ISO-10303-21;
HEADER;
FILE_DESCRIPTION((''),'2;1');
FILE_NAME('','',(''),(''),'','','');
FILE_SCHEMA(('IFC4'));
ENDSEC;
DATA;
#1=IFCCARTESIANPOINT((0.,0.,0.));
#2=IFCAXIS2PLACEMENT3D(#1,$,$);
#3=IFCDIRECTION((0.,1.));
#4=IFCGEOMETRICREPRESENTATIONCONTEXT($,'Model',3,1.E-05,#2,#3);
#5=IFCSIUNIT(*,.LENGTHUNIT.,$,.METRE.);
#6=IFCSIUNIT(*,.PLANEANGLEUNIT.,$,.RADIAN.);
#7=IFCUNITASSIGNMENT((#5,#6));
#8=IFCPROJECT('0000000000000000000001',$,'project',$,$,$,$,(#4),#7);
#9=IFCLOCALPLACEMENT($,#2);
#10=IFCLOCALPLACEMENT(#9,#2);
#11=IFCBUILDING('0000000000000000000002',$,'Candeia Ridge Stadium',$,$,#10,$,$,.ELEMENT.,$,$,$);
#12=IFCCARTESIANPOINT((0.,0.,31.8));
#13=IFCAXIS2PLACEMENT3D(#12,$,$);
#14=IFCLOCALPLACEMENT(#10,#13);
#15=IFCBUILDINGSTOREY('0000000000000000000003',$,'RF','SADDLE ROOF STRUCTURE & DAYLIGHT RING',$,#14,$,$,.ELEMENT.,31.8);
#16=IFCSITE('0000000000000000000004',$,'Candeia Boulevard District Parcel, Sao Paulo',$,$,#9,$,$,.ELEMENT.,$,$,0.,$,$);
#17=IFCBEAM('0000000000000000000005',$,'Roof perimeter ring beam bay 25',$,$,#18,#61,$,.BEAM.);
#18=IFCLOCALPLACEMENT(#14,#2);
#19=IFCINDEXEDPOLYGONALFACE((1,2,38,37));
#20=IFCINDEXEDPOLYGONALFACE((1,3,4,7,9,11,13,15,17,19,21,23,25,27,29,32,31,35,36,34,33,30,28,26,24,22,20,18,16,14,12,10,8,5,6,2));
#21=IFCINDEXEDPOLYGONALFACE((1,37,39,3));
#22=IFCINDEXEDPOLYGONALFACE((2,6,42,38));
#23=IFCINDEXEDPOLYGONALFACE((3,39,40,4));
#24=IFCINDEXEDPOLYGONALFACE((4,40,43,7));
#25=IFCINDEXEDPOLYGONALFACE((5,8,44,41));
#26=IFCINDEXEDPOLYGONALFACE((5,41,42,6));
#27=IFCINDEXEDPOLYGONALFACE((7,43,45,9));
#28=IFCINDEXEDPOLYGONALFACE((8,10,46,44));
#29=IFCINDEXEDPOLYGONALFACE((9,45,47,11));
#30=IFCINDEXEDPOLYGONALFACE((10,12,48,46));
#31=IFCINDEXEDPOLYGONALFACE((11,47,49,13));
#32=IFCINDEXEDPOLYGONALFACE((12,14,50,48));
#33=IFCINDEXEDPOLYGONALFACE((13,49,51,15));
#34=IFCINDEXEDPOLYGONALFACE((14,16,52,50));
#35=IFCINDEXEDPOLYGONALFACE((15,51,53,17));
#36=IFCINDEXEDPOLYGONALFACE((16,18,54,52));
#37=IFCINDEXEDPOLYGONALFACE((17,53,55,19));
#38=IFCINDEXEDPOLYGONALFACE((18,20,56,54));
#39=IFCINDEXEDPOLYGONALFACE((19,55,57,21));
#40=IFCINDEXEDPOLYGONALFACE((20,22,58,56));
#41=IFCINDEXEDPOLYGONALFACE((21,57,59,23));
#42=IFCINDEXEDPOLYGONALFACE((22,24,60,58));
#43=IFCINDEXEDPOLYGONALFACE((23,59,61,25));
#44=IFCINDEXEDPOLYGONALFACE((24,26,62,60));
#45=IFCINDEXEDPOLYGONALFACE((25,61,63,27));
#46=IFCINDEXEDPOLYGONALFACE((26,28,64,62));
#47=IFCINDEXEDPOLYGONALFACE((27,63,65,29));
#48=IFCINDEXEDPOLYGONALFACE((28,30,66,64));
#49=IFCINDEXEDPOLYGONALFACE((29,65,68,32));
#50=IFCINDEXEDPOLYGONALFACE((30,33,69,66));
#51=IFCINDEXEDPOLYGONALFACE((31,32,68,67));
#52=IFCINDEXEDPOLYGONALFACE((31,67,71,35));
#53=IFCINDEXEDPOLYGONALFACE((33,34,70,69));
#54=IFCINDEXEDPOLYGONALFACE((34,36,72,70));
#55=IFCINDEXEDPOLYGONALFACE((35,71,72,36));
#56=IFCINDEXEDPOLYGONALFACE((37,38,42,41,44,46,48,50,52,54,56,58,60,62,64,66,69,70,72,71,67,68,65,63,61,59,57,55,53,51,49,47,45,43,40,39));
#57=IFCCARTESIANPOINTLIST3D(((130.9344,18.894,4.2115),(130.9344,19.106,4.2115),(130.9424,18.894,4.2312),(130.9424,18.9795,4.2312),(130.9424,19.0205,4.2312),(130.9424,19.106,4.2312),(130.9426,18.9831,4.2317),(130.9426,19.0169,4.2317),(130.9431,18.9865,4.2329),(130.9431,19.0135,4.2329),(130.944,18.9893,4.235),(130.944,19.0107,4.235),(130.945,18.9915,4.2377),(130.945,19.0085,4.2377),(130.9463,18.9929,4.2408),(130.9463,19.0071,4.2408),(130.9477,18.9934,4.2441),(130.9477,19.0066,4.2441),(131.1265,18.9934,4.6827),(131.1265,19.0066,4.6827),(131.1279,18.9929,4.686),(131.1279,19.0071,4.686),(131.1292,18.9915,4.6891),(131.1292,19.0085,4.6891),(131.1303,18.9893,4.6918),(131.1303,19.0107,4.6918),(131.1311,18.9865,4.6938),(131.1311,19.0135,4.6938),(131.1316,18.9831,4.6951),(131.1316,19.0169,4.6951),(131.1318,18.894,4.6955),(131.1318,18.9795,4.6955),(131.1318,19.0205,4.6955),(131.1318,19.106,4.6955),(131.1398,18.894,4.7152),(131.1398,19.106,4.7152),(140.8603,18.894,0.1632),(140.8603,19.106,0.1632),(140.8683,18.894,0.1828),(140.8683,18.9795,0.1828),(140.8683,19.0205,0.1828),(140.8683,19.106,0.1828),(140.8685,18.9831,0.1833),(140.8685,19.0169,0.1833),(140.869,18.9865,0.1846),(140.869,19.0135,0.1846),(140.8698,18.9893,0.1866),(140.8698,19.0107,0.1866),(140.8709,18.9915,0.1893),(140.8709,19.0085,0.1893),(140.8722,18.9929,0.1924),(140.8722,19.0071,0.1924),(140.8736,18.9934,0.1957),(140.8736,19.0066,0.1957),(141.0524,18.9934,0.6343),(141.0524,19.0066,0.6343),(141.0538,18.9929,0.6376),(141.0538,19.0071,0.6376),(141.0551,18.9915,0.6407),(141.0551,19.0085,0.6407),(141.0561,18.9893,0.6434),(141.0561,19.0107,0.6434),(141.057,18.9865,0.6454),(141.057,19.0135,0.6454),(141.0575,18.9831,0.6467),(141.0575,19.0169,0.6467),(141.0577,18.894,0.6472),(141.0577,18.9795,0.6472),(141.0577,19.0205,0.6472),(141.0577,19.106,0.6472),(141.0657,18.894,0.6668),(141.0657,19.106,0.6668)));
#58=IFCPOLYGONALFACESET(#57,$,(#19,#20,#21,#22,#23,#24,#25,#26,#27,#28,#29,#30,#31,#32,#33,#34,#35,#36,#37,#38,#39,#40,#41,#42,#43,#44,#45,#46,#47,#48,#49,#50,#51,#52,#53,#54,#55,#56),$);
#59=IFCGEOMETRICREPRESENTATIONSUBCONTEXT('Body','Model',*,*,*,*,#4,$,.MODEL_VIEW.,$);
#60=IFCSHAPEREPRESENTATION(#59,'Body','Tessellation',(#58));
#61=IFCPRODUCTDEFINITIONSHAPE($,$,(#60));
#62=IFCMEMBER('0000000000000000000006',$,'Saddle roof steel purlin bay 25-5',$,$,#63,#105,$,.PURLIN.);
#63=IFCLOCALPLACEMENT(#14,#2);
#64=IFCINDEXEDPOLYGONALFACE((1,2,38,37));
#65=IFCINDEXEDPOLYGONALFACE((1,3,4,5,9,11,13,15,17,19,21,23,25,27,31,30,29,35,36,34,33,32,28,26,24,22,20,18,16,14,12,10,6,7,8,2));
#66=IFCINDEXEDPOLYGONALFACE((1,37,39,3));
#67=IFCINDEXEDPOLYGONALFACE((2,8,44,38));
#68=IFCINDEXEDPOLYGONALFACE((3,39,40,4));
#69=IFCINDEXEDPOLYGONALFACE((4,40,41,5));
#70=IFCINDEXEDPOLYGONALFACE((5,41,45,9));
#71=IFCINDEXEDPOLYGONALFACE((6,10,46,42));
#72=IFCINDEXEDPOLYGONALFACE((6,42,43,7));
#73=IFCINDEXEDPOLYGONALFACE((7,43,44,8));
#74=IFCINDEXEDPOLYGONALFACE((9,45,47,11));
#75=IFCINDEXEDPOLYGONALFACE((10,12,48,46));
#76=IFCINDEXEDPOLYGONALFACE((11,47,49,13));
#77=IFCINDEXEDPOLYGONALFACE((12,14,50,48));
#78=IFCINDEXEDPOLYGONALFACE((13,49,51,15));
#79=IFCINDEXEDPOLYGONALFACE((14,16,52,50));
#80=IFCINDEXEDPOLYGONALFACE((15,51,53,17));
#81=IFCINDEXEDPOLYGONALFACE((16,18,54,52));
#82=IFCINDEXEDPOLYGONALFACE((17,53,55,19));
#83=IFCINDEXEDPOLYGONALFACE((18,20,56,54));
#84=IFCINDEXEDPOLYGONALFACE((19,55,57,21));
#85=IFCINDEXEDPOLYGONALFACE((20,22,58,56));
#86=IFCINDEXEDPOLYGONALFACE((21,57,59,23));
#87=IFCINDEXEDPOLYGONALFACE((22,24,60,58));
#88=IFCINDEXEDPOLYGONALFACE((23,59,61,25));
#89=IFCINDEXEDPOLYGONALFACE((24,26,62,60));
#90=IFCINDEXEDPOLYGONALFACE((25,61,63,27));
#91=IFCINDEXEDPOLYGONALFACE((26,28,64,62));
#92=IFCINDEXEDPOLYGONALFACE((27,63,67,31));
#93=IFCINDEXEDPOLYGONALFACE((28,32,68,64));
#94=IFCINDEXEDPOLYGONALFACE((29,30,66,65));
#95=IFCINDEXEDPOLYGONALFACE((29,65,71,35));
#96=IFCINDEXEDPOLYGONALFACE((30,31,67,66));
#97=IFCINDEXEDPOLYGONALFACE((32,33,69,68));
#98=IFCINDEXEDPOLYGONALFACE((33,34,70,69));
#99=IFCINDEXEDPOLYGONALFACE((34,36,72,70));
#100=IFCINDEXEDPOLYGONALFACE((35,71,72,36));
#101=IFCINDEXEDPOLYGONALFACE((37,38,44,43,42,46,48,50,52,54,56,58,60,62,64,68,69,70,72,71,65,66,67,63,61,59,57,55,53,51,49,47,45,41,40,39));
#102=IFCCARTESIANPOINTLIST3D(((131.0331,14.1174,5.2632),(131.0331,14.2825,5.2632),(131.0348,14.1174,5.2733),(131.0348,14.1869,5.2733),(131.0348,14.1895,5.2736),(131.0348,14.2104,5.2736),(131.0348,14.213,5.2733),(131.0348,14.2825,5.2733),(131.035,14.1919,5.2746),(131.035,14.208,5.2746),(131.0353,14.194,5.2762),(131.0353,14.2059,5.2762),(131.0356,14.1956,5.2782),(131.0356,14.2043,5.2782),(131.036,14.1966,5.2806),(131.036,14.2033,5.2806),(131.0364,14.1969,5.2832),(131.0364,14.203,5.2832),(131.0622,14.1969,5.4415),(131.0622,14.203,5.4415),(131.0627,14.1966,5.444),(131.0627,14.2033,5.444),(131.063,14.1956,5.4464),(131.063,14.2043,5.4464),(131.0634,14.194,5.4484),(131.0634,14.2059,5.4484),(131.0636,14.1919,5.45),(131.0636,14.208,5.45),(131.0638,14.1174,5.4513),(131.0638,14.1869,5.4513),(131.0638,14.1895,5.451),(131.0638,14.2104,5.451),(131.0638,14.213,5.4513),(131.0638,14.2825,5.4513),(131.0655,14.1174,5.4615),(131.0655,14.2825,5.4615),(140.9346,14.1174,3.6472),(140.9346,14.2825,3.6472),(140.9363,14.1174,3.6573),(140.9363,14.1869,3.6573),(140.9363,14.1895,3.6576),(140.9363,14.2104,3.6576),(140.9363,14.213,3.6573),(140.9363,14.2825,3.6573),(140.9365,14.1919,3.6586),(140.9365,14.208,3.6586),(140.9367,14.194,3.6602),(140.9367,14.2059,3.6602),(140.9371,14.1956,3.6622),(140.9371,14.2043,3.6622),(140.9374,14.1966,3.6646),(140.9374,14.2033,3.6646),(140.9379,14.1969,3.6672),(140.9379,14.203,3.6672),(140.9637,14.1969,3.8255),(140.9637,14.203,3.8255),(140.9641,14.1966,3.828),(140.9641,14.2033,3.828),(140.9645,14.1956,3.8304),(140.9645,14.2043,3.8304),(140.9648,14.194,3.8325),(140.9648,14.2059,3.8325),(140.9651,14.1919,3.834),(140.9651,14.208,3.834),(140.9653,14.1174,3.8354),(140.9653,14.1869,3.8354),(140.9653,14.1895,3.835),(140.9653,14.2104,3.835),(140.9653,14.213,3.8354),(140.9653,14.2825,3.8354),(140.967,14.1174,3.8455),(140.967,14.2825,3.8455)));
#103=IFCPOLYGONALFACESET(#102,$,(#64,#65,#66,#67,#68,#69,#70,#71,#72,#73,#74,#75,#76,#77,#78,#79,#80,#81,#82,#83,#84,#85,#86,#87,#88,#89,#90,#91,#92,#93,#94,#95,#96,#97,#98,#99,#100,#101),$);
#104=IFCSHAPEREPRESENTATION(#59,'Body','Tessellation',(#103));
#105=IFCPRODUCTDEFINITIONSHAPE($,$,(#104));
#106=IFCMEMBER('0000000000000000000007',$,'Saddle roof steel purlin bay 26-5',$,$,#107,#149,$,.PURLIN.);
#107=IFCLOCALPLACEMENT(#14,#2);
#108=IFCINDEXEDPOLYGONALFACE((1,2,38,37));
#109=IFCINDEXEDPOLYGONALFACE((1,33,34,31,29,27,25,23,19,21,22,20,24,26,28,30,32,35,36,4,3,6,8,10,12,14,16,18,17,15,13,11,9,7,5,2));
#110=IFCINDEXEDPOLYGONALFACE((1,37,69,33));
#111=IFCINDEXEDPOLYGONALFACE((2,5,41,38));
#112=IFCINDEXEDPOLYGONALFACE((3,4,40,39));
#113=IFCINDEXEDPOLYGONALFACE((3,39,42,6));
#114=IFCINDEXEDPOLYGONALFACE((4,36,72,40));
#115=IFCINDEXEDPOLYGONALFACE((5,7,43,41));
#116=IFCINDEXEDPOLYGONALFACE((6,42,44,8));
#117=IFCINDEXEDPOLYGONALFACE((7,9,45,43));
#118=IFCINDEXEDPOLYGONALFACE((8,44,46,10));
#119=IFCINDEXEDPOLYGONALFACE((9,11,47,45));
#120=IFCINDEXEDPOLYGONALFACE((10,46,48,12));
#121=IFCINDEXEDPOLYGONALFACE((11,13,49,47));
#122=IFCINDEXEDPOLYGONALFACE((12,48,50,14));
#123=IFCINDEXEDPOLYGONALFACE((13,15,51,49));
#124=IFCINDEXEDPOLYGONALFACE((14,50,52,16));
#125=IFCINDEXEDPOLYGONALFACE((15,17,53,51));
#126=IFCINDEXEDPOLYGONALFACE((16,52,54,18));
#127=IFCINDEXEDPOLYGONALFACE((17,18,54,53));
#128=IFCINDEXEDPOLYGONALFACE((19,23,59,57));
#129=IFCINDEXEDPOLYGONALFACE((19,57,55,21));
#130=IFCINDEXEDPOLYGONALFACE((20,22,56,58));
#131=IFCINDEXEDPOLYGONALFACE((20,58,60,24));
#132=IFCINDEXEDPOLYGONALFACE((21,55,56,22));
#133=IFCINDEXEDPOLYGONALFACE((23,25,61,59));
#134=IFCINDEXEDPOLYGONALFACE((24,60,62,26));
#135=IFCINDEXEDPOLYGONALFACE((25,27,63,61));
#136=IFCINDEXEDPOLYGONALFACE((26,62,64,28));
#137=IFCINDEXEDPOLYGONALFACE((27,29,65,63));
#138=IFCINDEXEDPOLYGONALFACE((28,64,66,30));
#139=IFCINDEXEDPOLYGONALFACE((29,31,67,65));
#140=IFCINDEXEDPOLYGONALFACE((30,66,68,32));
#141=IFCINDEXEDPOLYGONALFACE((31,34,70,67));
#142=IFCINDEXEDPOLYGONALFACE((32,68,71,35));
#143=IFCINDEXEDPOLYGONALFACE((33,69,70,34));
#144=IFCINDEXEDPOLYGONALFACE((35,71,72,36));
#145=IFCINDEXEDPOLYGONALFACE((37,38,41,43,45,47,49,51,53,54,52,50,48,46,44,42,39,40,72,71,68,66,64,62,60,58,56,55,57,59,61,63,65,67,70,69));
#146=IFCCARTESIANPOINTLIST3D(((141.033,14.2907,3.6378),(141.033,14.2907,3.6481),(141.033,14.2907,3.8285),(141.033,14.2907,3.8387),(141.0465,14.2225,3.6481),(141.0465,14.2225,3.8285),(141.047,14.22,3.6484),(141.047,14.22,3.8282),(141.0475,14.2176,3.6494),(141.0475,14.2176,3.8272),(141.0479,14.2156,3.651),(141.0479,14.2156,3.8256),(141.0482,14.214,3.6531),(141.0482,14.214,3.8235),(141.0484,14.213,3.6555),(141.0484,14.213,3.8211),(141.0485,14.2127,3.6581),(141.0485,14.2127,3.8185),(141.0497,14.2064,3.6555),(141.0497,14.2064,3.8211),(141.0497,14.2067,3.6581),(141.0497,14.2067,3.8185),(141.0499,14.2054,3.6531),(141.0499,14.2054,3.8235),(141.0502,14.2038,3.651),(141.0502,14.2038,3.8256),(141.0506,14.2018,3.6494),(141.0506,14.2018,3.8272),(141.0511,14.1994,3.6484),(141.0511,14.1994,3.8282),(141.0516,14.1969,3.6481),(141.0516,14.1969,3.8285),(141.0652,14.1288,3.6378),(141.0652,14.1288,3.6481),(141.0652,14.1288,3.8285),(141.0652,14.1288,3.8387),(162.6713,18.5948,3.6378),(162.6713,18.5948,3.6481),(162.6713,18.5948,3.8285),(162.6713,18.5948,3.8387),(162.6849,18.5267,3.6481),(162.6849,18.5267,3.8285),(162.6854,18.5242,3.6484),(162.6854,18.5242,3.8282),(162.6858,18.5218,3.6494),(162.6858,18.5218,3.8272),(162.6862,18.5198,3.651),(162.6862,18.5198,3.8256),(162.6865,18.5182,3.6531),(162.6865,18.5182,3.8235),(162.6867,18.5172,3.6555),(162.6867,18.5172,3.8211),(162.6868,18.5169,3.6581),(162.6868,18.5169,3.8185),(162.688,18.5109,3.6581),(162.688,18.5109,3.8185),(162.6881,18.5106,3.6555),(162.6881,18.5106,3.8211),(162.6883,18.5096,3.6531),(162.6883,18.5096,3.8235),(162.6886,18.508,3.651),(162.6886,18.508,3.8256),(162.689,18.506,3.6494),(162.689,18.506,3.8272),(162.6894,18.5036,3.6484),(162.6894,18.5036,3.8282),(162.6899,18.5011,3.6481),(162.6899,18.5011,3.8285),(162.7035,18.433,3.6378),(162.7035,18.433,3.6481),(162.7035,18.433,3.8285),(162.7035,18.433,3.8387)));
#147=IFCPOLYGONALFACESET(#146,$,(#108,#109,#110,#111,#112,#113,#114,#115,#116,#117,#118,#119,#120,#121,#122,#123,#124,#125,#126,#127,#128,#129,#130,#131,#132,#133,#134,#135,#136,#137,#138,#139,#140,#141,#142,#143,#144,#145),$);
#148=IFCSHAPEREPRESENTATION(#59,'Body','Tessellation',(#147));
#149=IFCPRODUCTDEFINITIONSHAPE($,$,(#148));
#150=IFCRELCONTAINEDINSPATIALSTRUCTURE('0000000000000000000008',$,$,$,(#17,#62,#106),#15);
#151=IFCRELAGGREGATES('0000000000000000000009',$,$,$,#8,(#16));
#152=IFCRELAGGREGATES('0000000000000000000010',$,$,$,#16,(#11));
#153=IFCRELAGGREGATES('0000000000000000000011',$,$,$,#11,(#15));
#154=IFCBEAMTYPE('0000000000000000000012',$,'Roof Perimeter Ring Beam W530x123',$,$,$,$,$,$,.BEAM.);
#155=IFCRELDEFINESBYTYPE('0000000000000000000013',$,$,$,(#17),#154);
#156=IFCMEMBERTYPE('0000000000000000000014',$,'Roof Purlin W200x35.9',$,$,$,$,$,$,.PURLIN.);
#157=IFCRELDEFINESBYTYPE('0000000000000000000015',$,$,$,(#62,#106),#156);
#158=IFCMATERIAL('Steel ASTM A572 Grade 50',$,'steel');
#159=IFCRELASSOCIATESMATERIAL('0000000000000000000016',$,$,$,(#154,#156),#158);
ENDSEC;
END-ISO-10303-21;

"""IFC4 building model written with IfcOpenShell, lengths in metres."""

from ifc_helpers import new_model, si_unit, direction, frame, origin, origin_2d, place, context, subcontext, project, spatial, i_section, extrude, material, material_profile, profile_set, type_object, element, save


model = new_model("IFC4")

# Units and contexts
model_context = context("Model", 3, precision=1e-05, world=origin(), true_north=direction((0.0, 1.0)))
body_context = subcontext(model_context, "Body", "Model", "MODEL_VIEW")
ifc_project = project(units=[si_unit("LENGTHUNIT", "METRE"), si_unit("PLANEANGLEUNIT", "RADIAN")], contexts=[model_context])

# Site, building, storey
site_placement = place(None, origin())
site = spatial("IfcSite", under=ifc_project, at=site_placement, Name="Candeia Boulevard District Parcel, Sao Paulo", CompositionType="ELEMENT", RefElevation=0.0)
building_placement = place(site_placement, origin())
building = spatial("IfcBuilding", under=site, at=building_placement, Name="Candeia Ridge Stadium", CompositionType="ELEMENT")
storey_placement = place(building_placement, frame((0.0, 0.0, 31.8)))
storey = spatial("IfcBuildingStorey", under=building, at=storey_placement, Name="RF", Description="SADDLE ROOF STRUCTURE & DAYLIGHT RING", CompositionType="ELEMENT", Elevation=31.8)

# Shared definitions
ifc_material_1 = material(Name="Steel ASTM A572 Grade 50", Category="steel")

# Beam
ifc_material_profile_1 = material_profile(ifc_material_1, i_section(OverallWidth=0.2119, OverallDepth=0.5439, WebThickness=0.0132, FlangeThickness=0.0212, FilletRadius=0.0139, at=origin_2d()), Name="W530x123", Category="steel")
ifc_profile_set_1 = profile_set([ifc_material_profile_1], Name="Steel ASTM A572 Grade 50")
beam_type_1 = type_object("IfcBeamType", Name="Roof Perimeter Ring Beam W530x123", PredefinedType="BEAM", material=ifc_profile_set_1)
beam_1_placement = place(storey_placement, frame((131.0371, 19.0, 4.4634), z_axis=(0.925946, 0.0, -0.377657), x_axis=(0.0, 1.0, 0.0)))
element("IfcBeam", 1, at=beam_1_placement, inside=storey, type_object=beam_type_1, Name="Roof perimeter ring beam bay 25", PredefinedType="BEAM", context=body_context, shape_type="SweptSolid", body=[
    extrude(i_section(OverallWidth=0.2119, OverallDepth=0.5439, WebThickness=0.0132, FlangeThickness=0.0212, FilletRadius=0.0139, at=origin_2d()), origin(), (0.0, 0.0, 1.0), 10.7197),
])

# Members
ifc_material_profile_2 = material_profile(ifc_material_1, i_section(OverallWidth=0.165, OverallDepth=0.2009, WebThickness=0.0061, FlangeThickness=0.0103, FilletRadius=0.01, at=origin_2d()), Name="W200x35.9", Category="steel")
ifc_profile_set_2 = profile_set([ifc_material_profile_2], Name="Steel ASTM A572 Grade 50")
member_type_1 = type_object("IfcMemberType", Name="Roof Purlin W200x35.9", PredefinedType="PURLIN", material=ifc_profile_set_2)
member_1_placement = place(storey_placement, frame((131.0493, 14.2, 5.3623), z_axis=(0.986942, 0.0, -0.161075), x_axis=(0.0, 1.0, 0.0)))
element("IfcMember", 2, at=member_1_placement, inside=storey, type_object=member_type_1, Name="Saddle roof steel purlin bay 25-5", PredefinedType="PURLIN", context=body_context, shape_type="SweptSolid", body=[
    extrude(i_section(OverallWidth=0.165, OverallDepth=0.2009, WebThickness=0.0061, FlangeThickness=0.0103, FilletRadius=0.01, at=origin_2d()), origin(), (0.0, 0.0, 1.0), 10.0325),
])
member_2_placement = place(storey_placement, frame((141.0491, 14.2097, 3.7383), z_axis=(0.980785, 0.195092, 0.0), x_axis=(-0.195092, 0.980785, 0.0)))
element("IfcMember", 3, at=member_2_placement, inside=storey, type_object=member_type_1, Name="Saddle roof steel purlin bay 26-5", PredefinedType="PURLIN", context=body_context, shape_type="SweptSolid", body=[
    extrude(i_section(OverallWidth=0.165, OverallDepth=0.2009, WebThickness=0.0061, FlangeThickness=0.0103, FilletRadius=0.01, at=origin_2d()), origin(), (0.0, 0.0, 1.0), 22.0623),
])

save(model, "model.ifc")
